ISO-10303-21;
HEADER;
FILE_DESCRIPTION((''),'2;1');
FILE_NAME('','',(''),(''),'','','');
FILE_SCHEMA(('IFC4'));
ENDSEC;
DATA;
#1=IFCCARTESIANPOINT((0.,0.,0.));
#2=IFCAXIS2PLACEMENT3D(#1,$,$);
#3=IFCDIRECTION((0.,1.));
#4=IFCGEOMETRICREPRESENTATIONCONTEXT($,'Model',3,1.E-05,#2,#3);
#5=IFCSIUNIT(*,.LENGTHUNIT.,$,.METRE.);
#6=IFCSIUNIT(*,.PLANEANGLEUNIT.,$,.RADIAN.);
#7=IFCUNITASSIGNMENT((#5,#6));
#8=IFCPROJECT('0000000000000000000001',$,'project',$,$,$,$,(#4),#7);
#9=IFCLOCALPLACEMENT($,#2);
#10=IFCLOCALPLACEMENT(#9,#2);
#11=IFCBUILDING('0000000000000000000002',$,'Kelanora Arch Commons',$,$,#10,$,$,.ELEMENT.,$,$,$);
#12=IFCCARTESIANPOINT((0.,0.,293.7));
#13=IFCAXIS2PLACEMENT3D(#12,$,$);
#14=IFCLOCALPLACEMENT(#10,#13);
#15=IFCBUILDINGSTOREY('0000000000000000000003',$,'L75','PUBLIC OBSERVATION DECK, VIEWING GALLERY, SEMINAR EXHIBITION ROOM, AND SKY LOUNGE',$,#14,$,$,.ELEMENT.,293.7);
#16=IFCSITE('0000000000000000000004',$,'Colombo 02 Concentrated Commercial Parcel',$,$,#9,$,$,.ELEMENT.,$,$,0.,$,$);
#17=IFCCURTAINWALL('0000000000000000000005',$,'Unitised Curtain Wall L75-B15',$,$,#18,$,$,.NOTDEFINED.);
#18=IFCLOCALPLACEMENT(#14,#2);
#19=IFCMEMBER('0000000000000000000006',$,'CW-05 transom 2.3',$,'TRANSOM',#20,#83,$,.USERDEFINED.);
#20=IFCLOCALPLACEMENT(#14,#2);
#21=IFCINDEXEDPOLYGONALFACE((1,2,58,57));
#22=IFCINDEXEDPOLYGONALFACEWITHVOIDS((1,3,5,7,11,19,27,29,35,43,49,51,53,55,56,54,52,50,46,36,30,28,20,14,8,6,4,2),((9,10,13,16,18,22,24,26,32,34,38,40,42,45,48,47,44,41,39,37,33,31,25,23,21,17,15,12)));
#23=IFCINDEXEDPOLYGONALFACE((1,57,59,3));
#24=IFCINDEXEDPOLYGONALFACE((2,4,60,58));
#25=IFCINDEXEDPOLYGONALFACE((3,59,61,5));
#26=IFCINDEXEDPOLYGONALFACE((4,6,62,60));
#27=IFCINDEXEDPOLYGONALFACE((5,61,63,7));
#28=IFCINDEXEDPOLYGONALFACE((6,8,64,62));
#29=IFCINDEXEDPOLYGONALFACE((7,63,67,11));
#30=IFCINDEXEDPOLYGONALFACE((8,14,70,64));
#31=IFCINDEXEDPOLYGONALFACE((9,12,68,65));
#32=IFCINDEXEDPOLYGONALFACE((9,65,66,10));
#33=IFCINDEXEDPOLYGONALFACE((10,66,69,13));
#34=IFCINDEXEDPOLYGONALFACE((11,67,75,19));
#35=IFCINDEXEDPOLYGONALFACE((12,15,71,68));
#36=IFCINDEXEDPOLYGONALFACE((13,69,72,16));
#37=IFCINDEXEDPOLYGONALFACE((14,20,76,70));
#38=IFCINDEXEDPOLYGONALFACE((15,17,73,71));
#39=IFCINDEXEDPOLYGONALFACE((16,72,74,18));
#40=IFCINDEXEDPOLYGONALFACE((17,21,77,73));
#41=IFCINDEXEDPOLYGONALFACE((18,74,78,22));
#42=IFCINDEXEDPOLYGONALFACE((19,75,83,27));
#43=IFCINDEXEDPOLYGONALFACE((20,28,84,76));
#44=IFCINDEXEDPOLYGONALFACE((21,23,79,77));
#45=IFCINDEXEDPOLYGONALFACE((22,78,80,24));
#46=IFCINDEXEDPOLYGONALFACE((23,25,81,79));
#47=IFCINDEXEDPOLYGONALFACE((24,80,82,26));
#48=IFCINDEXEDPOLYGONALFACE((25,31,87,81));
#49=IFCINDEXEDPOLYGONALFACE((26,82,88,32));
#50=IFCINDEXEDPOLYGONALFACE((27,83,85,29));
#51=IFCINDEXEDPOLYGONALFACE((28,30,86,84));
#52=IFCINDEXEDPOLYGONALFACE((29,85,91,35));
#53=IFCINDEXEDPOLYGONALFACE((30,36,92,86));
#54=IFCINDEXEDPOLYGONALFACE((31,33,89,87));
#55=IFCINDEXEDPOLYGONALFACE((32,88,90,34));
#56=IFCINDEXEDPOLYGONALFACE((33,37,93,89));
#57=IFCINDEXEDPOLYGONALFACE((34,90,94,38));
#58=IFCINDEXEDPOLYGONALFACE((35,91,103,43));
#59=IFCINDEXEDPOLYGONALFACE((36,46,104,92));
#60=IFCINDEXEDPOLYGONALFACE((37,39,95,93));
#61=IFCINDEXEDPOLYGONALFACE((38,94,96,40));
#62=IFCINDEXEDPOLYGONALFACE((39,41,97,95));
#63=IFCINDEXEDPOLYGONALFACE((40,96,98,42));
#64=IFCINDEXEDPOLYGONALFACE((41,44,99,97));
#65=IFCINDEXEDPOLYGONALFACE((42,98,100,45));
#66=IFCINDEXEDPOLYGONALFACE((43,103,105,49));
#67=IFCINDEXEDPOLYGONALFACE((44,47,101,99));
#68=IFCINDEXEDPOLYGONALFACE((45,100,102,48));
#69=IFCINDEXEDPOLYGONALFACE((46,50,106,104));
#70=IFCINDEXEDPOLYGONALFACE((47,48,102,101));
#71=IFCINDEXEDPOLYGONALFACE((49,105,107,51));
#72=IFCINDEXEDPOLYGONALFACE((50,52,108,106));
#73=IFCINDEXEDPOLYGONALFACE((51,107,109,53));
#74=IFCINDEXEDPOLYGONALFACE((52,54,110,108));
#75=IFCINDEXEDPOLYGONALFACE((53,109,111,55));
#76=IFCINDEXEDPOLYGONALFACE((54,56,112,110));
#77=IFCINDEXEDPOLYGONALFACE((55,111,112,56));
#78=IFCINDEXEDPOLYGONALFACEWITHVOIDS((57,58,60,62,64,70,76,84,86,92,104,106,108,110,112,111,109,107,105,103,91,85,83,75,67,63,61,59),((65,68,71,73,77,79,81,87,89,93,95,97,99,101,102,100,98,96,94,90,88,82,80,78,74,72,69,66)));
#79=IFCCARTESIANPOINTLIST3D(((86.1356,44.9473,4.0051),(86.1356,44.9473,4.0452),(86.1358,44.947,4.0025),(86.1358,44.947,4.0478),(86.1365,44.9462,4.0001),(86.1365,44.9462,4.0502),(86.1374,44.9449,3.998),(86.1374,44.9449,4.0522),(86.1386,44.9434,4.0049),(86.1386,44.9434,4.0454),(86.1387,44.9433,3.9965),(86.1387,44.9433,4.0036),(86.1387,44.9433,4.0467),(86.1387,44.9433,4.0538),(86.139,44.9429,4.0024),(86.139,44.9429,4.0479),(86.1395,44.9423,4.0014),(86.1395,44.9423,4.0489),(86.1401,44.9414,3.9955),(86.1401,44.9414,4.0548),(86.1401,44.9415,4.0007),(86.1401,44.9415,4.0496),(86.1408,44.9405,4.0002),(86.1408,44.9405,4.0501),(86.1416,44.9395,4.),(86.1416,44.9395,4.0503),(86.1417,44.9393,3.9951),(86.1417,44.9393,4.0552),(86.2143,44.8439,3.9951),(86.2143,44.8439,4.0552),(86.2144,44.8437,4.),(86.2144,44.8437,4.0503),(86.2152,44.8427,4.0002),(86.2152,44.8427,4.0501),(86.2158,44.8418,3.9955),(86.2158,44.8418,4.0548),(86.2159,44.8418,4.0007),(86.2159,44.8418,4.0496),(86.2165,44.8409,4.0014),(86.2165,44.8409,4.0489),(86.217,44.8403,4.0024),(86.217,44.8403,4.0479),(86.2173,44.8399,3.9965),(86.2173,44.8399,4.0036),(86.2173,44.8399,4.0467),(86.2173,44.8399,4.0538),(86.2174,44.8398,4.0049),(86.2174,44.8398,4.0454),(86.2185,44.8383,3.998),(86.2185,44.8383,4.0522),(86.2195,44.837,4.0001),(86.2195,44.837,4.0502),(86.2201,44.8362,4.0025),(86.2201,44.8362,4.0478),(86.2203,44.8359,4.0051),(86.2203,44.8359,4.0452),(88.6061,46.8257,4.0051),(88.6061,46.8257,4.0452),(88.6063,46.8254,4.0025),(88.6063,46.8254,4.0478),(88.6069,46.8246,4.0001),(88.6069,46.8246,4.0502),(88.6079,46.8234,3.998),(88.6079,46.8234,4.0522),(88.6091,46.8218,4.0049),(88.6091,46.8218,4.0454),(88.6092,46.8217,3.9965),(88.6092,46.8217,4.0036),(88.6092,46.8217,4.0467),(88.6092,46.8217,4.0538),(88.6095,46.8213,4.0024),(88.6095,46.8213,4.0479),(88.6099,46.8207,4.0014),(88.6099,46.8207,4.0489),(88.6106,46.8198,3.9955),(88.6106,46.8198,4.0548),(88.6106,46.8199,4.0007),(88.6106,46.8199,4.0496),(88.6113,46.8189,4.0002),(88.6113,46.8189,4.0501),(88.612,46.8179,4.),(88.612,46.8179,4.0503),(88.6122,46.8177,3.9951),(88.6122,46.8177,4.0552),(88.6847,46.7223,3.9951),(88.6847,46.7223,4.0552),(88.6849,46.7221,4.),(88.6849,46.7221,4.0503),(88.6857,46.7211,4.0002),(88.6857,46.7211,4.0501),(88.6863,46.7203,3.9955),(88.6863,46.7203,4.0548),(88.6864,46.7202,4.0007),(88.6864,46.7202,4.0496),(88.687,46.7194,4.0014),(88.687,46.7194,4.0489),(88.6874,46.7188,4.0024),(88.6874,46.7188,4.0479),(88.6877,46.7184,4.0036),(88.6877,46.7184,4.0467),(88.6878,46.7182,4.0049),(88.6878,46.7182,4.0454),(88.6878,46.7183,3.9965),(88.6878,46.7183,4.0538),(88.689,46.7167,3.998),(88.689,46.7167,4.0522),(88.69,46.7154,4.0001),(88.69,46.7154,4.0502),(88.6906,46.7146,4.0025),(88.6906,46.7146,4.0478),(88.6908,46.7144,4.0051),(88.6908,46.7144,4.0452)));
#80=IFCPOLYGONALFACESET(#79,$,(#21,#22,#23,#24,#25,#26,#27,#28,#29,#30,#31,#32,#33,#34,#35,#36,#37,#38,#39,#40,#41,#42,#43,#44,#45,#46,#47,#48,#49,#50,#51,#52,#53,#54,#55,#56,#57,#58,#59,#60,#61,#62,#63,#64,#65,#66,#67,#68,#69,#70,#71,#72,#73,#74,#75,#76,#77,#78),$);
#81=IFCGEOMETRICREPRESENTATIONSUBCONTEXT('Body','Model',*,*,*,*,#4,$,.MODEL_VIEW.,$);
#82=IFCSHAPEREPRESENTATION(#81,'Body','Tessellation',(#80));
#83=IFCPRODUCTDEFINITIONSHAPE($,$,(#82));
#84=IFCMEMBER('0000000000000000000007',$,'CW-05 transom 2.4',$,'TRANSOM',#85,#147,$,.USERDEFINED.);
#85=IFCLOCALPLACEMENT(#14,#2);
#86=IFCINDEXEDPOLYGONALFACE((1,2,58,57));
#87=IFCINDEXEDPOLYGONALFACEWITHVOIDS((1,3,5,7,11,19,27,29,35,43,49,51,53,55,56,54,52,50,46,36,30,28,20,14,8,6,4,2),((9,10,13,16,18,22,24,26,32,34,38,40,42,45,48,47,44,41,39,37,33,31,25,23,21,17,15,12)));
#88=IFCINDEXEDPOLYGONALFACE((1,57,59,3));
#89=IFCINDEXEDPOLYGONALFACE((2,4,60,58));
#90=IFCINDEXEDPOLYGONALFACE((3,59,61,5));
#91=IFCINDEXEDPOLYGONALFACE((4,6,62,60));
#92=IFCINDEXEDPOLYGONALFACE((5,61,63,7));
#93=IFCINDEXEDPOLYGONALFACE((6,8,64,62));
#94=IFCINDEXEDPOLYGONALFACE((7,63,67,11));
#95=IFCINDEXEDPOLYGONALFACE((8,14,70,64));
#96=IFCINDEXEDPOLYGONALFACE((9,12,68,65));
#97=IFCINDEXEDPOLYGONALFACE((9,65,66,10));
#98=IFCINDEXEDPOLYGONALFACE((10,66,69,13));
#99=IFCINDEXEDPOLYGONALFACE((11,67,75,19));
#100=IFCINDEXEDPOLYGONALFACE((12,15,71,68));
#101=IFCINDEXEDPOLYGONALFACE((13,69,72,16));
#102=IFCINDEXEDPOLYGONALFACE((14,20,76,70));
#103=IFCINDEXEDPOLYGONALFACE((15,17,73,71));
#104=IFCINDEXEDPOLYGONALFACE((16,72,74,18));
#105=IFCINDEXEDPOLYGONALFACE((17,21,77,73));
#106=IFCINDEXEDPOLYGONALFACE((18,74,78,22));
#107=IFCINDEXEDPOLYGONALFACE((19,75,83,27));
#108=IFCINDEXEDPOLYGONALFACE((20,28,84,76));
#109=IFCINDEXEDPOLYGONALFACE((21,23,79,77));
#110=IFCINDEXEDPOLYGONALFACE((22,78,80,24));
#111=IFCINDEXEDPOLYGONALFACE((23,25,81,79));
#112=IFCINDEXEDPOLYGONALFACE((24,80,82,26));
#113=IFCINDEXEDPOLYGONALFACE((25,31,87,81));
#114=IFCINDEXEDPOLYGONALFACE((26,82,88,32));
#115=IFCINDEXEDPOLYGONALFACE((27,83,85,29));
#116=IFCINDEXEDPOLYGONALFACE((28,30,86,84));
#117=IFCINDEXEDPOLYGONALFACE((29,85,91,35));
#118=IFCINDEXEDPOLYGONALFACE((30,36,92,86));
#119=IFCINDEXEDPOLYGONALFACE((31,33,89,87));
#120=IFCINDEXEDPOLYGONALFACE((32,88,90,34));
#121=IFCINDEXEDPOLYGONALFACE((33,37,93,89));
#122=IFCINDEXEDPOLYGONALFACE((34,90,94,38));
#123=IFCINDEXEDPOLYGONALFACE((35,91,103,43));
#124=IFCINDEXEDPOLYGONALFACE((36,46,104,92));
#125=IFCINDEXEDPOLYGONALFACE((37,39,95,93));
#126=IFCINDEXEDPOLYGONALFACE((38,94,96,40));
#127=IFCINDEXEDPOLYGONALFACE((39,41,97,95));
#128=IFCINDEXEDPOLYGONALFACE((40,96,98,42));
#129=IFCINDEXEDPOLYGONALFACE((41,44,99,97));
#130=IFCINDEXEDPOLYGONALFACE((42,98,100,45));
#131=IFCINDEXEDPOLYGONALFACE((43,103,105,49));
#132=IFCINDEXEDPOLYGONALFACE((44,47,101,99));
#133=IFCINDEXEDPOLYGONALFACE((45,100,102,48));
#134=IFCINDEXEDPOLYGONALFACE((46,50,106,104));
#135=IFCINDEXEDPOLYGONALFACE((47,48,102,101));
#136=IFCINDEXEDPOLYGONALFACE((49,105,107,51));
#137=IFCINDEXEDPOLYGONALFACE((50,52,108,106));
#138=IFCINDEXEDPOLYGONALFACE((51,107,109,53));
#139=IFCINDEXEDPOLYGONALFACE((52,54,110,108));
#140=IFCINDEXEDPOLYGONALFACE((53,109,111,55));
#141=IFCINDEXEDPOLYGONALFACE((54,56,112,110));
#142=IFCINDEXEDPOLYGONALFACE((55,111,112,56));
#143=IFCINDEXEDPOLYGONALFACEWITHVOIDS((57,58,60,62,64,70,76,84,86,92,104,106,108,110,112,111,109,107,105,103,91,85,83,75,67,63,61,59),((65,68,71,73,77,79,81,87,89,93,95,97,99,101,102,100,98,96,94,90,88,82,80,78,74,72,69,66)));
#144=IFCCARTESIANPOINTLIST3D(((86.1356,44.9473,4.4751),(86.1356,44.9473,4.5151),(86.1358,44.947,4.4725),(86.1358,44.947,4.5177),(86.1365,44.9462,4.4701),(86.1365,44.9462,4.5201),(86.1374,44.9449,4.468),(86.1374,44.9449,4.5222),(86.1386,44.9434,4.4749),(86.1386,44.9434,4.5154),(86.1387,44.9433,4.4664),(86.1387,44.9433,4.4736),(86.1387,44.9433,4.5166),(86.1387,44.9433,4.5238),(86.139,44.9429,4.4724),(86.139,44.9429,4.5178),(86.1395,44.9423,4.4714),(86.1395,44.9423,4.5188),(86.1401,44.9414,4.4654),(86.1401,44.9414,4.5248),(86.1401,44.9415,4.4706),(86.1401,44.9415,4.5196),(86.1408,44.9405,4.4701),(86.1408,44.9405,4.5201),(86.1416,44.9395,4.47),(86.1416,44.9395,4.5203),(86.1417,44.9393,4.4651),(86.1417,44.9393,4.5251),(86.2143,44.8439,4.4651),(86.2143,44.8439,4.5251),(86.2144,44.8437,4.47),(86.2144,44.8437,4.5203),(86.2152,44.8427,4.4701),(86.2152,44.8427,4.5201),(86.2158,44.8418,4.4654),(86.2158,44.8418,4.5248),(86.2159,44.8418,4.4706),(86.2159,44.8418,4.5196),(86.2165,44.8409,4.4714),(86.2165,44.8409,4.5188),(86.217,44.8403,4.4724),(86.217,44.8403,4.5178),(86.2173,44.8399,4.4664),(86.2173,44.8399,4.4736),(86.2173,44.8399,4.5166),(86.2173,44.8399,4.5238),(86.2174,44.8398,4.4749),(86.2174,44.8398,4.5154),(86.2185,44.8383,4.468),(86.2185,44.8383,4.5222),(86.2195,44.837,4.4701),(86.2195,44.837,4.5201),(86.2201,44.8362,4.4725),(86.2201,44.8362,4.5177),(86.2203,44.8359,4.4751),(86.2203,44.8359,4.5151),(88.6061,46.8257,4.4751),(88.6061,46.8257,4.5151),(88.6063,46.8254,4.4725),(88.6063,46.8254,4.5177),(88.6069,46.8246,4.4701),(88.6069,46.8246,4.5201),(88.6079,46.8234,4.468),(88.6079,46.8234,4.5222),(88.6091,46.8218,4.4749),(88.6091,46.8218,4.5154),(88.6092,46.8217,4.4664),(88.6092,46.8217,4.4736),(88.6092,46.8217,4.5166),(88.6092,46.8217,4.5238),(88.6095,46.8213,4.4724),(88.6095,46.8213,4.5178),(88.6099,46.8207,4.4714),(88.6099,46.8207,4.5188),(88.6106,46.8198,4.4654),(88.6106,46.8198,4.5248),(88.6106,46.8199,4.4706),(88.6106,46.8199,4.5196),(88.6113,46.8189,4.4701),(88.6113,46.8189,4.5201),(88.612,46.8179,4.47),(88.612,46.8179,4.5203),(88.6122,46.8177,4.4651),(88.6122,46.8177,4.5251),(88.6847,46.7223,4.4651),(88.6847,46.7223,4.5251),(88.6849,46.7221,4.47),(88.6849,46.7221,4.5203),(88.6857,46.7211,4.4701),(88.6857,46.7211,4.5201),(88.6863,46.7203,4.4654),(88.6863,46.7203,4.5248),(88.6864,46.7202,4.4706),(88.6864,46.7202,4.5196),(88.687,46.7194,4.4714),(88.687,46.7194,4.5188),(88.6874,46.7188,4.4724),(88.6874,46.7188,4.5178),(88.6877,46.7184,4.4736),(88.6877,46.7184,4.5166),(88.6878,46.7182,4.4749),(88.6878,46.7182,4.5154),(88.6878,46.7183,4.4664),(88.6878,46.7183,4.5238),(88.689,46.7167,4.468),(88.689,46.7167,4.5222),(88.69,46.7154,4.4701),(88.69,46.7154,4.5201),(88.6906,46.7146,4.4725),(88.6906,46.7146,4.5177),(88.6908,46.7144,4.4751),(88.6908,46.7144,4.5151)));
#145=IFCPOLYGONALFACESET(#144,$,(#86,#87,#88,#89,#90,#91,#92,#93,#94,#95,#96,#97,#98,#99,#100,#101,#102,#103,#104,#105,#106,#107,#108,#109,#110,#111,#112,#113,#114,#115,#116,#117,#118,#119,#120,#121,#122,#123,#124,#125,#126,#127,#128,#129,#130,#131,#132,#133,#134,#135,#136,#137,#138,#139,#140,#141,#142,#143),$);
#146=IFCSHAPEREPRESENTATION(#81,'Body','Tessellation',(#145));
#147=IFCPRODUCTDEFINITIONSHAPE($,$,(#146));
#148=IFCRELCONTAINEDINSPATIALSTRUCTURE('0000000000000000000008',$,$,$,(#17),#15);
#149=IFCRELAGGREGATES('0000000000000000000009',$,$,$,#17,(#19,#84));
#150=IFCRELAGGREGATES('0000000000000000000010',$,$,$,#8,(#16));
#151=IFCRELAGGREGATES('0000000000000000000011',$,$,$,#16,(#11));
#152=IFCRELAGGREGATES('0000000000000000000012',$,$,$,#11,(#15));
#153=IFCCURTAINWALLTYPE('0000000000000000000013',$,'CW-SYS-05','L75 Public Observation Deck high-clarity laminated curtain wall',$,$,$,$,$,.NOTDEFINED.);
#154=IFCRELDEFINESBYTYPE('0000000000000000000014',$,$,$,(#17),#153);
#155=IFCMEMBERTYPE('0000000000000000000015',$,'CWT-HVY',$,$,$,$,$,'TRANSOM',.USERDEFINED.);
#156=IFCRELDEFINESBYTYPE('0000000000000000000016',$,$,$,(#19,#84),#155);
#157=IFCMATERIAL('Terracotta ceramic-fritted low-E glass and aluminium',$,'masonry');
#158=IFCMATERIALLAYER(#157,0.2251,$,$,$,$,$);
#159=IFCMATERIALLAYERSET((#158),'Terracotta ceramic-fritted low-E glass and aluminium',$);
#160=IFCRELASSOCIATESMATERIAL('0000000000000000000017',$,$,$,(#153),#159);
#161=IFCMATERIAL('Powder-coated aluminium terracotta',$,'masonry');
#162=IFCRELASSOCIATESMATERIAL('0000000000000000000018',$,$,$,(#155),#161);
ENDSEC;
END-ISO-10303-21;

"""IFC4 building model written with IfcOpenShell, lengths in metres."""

from ifc_helpers import new_model, si_unit, direction, frame, origin, origin_2d, place, context, subcontext, project, spatial, hollow_rectangle, extrude, material, layer, layer_set, material_profile, profile_set, type_object, element, aggregate, save


model = new_model("IFC4")

# Units and contexts
model_context = context("Model", 3, precision=1e-05, world=origin(), true_north=direction((0.0, 1.0)))
body_context = subcontext(model_context, "Body", "Model", "MODEL_VIEW")
ifc_project = project(units=[si_unit("LENGTHUNIT", "METRE"), si_unit("PLANEANGLEUNIT", "RADIAN")], contexts=[model_context])

# Site, building, storey
site_placement = place(None, origin())
site = spatial("IfcSite", under=ifc_project, at=site_placement, Name="Colombo 02 Concentrated Commercial Parcel", CompositionType="ELEMENT", RefElevation=0.0)
building_placement = place(site_placement, origin())
building = spatial("IfcBuilding", under=site, at=building_placement, Name="Kelanora Arch Commons", CompositionType="ELEMENT")
storey_placement = place(building_placement, frame((0.0, 0.0, 293.7)))
storey = spatial("IfcBuildingStorey", under=building, at=storey_placement, Name="L75", Description="PUBLIC OBSERVATION DECK, VIEWING GALLERY, SEMINAR EXHIBITION ROOM, AND SKY LOUNGE", CompositionType="ELEMENT", Elevation=293.7)

# Curtain wall
ifc_material_1 = material(Name="Terracotta ceramic-fritted low-E glass and aluminium", Category="masonry")
ifc_layer_1 = layer(ifc_material_1, 0.2251)
ifc_layer_set_1 = layer_set([ifc_layer_1], Name="Terracotta ceramic-fritted low-E glass and aluminium")
curtain_wall_type = type_object("IfcCurtainWallType", Name="CW-SYS-05", Description="L75 Public Observation Deck high-clarity laminated curtain wall", PredefinedType="NOTDEFINED", material=ifc_layer_set_1)
curtain_wall_1_placement = place(storey_placement, origin())
curtain_wall_1 = element("IfcCurtainWall", 1, at=curtain_wall_1_placement, inside=storey, type_object=curtain_wall_type, Name="Unitised Curtain Wall L75-B15", PredefinedType="NOTDEFINED")
ifc_material_2 = material(Name="Powder-coated aluminium terracotta", Category="masonry")

# Members
ifc_material_profile_1 = material_profile(ifc_material_2, hollow_rectangle(XDim=0.1399, YDim=0.0601, WallThickness=0.0049, InnerFilletRadius=0.0049, OuterFilletRadius=0.01, at=origin_2d()), Name="CWT140x60")
ifc_profile_set_1 = profile_set([ifc_material_profile_1], Name="Powder-coated aluminium terracotta")
member_type_1 = type_object("IfcMemberType", Name="CWT-HVY", ElementType="TRANSOM", PredefinedType="USERDEFINED", material=ifc_profile_set_1)
member_1_placement = place(storey_placement, frame((86.178, 44.8916, 4.0251), z_axis=(0.796027, 0.605261, 0.0), x_axis=(-0.605261, 0.796027, 0.0)))
member_1 = element("IfcMember", 2, at=member_1_placement, type_object=member_type_1, Name="CW-05 transom 2.3", ObjectType="TRANSOM", PredefinedType="USERDEFINED", context=body_context, shape_type="SweptSolid", body=[
    extrude(hollow_rectangle(XDim=0.1399, YDim=0.0601, WallThickness=0.0049, InnerFilletRadius=0.0049, OuterFilletRadius=0.01, at=origin_2d()), origin(), (0.0, 0.0, 1.0), 3.1035),
])
member_2_placement = place(storey_placement, frame((86.178, 44.8916, 4.4951), z_axis=(0.796027, 0.605261, 0.0), x_axis=(-0.605261, 0.796027, 0.0)))
member_2 = element("IfcMember", 3, at=member_2_placement, type_object=member_type_1, Name="CW-05 transom 2.4", ObjectType="TRANSOM", PredefinedType="USERDEFINED", context=body_context, shape_type="SweptSolid", body=[
    extrude(hollow_rectangle(XDim=0.1399, YDim=0.0601, WallThickness=0.0049, InnerFilletRadius=0.0049, OuterFilletRadius=0.01, at=origin_2d()), origin(), (0.0, 0.0, 1.0), 3.1035),
])

aggregate(curtain_wall_1, [member_1, member_2])

save(model, "model.ifc")
